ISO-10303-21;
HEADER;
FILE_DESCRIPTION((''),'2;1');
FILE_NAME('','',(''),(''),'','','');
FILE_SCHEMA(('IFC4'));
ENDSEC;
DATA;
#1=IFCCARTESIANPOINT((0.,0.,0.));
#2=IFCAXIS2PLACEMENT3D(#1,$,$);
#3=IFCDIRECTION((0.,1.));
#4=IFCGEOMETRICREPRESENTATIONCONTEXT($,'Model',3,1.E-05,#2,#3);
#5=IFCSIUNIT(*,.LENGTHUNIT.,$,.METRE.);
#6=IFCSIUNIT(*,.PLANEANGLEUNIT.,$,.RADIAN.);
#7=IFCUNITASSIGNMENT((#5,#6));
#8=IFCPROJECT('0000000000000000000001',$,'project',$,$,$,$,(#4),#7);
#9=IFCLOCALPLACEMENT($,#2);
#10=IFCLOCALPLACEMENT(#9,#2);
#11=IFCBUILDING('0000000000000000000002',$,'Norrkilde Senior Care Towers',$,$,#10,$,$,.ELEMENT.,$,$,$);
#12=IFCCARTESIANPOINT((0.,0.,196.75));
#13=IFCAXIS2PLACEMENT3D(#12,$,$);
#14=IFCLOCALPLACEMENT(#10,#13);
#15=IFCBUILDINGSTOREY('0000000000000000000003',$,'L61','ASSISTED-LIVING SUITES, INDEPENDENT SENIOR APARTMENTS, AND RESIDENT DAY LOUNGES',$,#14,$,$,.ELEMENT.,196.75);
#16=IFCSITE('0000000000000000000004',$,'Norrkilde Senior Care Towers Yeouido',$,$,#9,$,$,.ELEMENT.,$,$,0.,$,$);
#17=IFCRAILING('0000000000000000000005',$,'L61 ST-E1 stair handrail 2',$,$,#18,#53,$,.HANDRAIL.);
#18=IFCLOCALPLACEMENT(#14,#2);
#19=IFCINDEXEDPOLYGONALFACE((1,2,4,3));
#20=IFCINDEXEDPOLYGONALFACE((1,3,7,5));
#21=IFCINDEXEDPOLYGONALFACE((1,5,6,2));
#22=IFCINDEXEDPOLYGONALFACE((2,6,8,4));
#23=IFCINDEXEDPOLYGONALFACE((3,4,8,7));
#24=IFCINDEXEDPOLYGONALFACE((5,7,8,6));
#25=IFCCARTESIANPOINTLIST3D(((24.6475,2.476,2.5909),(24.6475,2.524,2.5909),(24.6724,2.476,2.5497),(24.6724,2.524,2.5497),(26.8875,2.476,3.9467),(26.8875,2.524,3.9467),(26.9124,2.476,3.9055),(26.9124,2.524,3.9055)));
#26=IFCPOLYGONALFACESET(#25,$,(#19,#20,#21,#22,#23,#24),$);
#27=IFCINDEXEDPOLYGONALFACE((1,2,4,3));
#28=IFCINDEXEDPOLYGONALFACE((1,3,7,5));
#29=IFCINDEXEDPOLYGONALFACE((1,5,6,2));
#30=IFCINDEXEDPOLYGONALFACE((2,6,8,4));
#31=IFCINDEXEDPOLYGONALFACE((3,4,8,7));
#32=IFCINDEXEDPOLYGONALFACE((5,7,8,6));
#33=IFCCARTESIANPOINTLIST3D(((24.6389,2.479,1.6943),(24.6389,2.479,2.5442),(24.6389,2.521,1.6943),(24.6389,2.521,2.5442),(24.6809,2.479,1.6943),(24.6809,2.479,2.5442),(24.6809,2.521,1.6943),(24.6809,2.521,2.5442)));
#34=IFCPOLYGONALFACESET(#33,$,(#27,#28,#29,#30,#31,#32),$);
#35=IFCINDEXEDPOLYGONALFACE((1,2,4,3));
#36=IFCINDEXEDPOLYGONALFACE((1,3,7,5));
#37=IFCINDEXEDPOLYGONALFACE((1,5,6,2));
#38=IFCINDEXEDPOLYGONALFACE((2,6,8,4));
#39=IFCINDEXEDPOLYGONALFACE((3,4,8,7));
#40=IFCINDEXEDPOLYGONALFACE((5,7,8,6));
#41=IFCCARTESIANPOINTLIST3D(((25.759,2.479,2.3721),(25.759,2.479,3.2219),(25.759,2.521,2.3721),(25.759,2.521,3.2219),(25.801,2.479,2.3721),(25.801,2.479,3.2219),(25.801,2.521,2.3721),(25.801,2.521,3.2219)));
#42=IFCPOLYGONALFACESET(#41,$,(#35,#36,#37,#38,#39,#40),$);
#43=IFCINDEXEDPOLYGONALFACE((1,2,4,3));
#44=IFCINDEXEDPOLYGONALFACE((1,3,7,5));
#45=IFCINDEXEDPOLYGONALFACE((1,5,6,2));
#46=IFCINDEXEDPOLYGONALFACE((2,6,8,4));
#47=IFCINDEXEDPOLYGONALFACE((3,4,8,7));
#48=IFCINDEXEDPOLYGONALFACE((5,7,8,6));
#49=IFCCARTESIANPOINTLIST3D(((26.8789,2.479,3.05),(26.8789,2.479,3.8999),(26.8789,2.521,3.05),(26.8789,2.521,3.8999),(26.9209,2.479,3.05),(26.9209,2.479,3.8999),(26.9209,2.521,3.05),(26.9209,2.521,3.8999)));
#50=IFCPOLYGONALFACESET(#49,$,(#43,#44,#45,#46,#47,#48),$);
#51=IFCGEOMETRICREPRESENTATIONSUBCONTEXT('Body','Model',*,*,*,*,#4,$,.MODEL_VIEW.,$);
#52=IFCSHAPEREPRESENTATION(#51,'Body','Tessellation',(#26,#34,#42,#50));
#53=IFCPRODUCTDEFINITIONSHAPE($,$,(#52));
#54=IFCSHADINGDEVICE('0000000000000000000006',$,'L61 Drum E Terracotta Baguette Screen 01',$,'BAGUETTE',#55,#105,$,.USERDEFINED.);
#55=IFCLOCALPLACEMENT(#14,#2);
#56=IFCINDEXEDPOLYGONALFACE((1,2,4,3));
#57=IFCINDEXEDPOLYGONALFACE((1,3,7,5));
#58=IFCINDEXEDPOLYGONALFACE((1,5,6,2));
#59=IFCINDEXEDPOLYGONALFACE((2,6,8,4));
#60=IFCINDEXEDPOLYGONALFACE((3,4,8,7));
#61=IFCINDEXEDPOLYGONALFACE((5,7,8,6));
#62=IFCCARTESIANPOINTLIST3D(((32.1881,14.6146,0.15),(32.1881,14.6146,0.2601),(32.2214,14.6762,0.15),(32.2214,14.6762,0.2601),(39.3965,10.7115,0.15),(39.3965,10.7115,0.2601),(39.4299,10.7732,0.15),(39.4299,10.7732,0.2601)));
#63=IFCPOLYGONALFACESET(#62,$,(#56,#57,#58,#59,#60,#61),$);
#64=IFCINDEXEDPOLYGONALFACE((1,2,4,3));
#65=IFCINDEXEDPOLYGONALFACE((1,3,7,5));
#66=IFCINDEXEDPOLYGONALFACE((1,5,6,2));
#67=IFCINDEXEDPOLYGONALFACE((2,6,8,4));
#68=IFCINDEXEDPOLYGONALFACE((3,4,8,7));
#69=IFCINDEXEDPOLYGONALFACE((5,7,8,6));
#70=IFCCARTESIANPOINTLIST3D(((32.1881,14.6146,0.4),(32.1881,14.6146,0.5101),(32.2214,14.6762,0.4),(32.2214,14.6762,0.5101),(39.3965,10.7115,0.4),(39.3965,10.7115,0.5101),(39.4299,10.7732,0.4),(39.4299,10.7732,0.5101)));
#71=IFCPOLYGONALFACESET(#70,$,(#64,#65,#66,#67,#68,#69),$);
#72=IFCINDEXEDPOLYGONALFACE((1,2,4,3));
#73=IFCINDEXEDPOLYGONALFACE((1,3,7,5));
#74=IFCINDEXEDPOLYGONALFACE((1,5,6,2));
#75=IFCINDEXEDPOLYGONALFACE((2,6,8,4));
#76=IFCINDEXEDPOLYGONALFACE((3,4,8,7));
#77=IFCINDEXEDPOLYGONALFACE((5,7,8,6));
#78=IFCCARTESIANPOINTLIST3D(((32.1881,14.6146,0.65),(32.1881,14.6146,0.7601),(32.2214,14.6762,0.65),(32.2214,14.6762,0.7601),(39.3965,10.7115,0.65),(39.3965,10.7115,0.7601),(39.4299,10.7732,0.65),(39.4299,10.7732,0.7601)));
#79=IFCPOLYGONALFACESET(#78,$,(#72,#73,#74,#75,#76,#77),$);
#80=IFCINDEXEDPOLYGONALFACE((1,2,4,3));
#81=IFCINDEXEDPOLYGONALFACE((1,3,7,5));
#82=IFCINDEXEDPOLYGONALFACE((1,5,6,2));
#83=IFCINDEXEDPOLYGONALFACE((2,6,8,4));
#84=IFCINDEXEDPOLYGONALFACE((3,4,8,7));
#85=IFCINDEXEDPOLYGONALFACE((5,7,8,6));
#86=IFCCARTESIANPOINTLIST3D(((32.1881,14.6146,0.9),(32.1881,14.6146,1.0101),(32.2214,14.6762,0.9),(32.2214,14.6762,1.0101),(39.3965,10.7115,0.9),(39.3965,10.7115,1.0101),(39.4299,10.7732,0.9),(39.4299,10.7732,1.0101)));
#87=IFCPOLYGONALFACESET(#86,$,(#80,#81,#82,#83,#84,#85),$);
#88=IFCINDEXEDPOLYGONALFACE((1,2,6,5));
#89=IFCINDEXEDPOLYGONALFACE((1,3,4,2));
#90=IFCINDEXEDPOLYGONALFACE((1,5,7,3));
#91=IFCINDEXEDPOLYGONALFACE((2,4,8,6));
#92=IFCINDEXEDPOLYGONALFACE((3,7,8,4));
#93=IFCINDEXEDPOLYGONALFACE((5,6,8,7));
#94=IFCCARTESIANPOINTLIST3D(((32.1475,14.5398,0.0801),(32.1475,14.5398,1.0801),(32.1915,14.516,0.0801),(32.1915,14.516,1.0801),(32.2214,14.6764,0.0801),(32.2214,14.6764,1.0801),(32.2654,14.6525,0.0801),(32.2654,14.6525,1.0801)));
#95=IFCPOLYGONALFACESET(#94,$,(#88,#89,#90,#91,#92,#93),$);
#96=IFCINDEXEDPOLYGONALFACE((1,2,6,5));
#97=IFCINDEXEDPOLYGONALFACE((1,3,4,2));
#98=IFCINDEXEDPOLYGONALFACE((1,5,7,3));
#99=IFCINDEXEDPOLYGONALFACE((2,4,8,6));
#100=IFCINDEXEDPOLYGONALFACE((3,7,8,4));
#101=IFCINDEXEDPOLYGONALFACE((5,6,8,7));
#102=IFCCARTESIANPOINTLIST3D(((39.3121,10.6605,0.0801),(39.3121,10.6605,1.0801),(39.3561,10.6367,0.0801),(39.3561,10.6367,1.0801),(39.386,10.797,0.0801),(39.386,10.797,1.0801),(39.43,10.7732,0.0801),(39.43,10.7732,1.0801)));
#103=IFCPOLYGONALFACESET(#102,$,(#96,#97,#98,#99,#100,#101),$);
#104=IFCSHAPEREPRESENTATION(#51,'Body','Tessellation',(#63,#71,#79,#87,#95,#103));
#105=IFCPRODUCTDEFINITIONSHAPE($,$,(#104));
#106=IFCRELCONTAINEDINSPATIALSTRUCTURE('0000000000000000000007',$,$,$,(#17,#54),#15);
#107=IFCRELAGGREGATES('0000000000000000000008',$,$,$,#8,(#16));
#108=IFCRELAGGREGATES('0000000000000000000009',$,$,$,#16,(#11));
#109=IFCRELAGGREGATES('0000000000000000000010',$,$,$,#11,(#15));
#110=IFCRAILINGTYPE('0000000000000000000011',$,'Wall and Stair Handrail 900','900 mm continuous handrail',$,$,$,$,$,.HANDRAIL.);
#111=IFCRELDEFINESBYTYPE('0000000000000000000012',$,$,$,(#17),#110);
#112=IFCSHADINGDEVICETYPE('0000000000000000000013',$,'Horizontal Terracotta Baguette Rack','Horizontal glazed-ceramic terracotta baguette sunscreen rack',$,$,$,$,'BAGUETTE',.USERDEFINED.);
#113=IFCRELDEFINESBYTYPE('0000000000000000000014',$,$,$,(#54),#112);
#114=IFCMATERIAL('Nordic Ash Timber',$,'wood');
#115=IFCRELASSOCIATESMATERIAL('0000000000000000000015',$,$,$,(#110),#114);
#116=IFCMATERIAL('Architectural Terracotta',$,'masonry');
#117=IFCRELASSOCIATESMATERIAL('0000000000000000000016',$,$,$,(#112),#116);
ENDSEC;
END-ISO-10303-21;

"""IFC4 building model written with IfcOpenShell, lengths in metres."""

from ifc_helpers import new_model, si_unit, direction, frame, origin, origin_2d, place, context, subcontext, project, spatial, rectangle, extrude, source, transform, mapped, material, type_object, type_shapes, element, save


model = new_model("IFC4")

# Units and contexts
model_context = context("Model", 3, precision=1e-05, world=origin(), true_north=direction((0.0, 1.0)))
body_context = subcontext(model_context, "Body", "Model", "MODEL_VIEW")
ifc_project = project(units=[si_unit("LENGTHUNIT", "METRE"), si_unit("PLANEANGLEUNIT", "RADIAN")], contexts=[model_context])

# Site, building, storey
site_placement = place(None, origin())
site = spatial("IfcSite", under=ifc_project, at=site_placement, Name="Norrkilde Senior Care Towers Yeouido", CompositionType="ELEMENT", RefElevation=0.0)
building_placement = place(site_placement, origin())
building = spatial("IfcBuilding", under=site, at=building_placement, Name="Norrkilde Senior Care Towers", CompositionType="ELEMENT")
storey_placement = place(building_placement, frame((0.0, 0.0, 196.75)))
storey = spatial("IfcBuildingStorey", under=building, at=storey_placement, Name="L61", Description="ASSISTED-LIVING SUITES, INDEPENDENT SENIOR APARTMENTS, AND RESIDENT DAY LOUNGES", CompositionType="ELEMENT", Elevation=196.75)

# Shared definitions
ifc_material_1 = material(Name="Nordic Ash Timber", Category="wood")

# Railing
railing_type_1 = type_object("IfcRailingType", Name="Wall and Stair Handrail 900", Description="900 mm continuous handrail", PredefinedType="HANDRAIL", material=ifc_material_1)
railing_1_placement = place(storey_placement, frame((24.6599, 2.5, 1.6943)))
element("IfcRailing", 1, at=railing_1_placement, inside=storey, type_object=railing_type_1, Name="L61 ST-E1 stair handrail 2", PredefinedType="HANDRAIL", context=body_context, shape_type="SweptSolid", body=[
    extrude(rectangle(XDim=0.0481, YDim=0.0481, at=origin_2d()), frame((0.0, 0.0, 0.876), z_axis=(0.855512, 0.0, 0.517783), x_axis=(0.0, 1.0, 0.0)), (0.0, 0.0, 1.0), 2.6184),
    extrude(rectangle(XDim=0.042, YDim=0.042, at=origin_2d()), origin(), (0.0, 0.0, 1.0), 0.8499),
    extrude(rectangle(XDim=0.042, YDim=0.042, at=origin_2d()), frame((1.1201, 0.0, 0.6777)), (0.0, 0.0, 1.0), 0.8499),
    extrude(rectangle(XDim=0.042, YDim=0.042, at=origin_2d()), frame((2.24, 0.0, 1.3557)), (0.0, 0.0, 1.0), 0.8499),
])

# Shading device
ifc_material_2 = material(Name="Architectural Terracotta", Category="masonry")
shading_device_type = type_object("IfcShadingDeviceType", Name="Horizontal Terracotta Baguette Rack", Description="Horizontal glazed-ceramic terracotta baguette sunscreen rack", ElementType="BAGUETTE", PredefinedType="USERDEFINED", material=ifc_material_2)
shared_shape_1 = source(origin(), body_context, "Body", "SweptSolid", [
    extrude(rectangle(XDim=0.0701, YDim=0.1101, at=origin_2d()), frame((0.0, 0.0901, 0.125), z_axis=(1.0, 0.0, 0.0), x_axis=(0.0, 1.0, 0.0)), (0.0, 0.0, 1.0), 8.1973),
    extrude(rectangle(XDim=0.0701, YDim=0.1101, at=origin_2d()), frame((0.0, 0.0901, 0.375), z_axis=(1.0, 0.0, 0.0), x_axis=(0.0, 1.0, 0.0)), (0.0, 0.0, 1.0), 8.1973),
    extrude(rectangle(XDim=0.0701, YDim=0.1101, at=origin_2d()), frame((0.0, 0.0901, 0.625), z_axis=(1.0, 0.0, 0.0), x_axis=(0.0, 1.0, 0.0)), (0.0, 0.0, 1.0), 8.1973),
    extrude(rectangle(XDim=0.0701, YDim=0.1101, at=origin_2d()), frame((0.0, 0.0901, 0.875), z_axis=(1.0, 0.0, 0.0), x_axis=(0.0, 1.0, 0.0)), (0.0, 0.0, 1.0), 8.1973),
    extrude(rectangle(XDim=0.05, YDim=0.1553, at=origin_2d()), frame((0.0249, 0.0476, 0.0)), (0.0, 0.0, 1.0), 1.0),
    extrude(rectangle(XDim=0.05, YDim=0.1553, at=origin_2d()), frame((8.1724, 0.0476, 0.0)), (0.0, 0.0, 1.0), 1.0),
])
type_shapes(shading_device_type, [shared_shape_1])
shading_device_placement = place(storey_placement, frame((32.1619, 14.5662, 0.0801), z_axis=(0.0, 0.0, 1.0), x_axis=(0.879378, -0.476144, 0.0)))
element("IfcShadingDevice", 2, at=shading_device_placement, inside=storey, type_object=shading_device_type, Name="L61 Drum E Terracotta Baguette Screen 01", ObjectType="BAGUETTE", PredefinedType="USERDEFINED", context=body_context, shape_type="MappedRepresentation", body=[
    mapped(shared_shape_1, transform((0.0, 0.0, 0.0), x_axis=(1.0, 0.0, 0.0), y_axis=(0.0, 1.0, 0.0), z_axis=(0.0, 0.0, 1.0), scale=1.0)),
])

save(model, "model.ifc")
